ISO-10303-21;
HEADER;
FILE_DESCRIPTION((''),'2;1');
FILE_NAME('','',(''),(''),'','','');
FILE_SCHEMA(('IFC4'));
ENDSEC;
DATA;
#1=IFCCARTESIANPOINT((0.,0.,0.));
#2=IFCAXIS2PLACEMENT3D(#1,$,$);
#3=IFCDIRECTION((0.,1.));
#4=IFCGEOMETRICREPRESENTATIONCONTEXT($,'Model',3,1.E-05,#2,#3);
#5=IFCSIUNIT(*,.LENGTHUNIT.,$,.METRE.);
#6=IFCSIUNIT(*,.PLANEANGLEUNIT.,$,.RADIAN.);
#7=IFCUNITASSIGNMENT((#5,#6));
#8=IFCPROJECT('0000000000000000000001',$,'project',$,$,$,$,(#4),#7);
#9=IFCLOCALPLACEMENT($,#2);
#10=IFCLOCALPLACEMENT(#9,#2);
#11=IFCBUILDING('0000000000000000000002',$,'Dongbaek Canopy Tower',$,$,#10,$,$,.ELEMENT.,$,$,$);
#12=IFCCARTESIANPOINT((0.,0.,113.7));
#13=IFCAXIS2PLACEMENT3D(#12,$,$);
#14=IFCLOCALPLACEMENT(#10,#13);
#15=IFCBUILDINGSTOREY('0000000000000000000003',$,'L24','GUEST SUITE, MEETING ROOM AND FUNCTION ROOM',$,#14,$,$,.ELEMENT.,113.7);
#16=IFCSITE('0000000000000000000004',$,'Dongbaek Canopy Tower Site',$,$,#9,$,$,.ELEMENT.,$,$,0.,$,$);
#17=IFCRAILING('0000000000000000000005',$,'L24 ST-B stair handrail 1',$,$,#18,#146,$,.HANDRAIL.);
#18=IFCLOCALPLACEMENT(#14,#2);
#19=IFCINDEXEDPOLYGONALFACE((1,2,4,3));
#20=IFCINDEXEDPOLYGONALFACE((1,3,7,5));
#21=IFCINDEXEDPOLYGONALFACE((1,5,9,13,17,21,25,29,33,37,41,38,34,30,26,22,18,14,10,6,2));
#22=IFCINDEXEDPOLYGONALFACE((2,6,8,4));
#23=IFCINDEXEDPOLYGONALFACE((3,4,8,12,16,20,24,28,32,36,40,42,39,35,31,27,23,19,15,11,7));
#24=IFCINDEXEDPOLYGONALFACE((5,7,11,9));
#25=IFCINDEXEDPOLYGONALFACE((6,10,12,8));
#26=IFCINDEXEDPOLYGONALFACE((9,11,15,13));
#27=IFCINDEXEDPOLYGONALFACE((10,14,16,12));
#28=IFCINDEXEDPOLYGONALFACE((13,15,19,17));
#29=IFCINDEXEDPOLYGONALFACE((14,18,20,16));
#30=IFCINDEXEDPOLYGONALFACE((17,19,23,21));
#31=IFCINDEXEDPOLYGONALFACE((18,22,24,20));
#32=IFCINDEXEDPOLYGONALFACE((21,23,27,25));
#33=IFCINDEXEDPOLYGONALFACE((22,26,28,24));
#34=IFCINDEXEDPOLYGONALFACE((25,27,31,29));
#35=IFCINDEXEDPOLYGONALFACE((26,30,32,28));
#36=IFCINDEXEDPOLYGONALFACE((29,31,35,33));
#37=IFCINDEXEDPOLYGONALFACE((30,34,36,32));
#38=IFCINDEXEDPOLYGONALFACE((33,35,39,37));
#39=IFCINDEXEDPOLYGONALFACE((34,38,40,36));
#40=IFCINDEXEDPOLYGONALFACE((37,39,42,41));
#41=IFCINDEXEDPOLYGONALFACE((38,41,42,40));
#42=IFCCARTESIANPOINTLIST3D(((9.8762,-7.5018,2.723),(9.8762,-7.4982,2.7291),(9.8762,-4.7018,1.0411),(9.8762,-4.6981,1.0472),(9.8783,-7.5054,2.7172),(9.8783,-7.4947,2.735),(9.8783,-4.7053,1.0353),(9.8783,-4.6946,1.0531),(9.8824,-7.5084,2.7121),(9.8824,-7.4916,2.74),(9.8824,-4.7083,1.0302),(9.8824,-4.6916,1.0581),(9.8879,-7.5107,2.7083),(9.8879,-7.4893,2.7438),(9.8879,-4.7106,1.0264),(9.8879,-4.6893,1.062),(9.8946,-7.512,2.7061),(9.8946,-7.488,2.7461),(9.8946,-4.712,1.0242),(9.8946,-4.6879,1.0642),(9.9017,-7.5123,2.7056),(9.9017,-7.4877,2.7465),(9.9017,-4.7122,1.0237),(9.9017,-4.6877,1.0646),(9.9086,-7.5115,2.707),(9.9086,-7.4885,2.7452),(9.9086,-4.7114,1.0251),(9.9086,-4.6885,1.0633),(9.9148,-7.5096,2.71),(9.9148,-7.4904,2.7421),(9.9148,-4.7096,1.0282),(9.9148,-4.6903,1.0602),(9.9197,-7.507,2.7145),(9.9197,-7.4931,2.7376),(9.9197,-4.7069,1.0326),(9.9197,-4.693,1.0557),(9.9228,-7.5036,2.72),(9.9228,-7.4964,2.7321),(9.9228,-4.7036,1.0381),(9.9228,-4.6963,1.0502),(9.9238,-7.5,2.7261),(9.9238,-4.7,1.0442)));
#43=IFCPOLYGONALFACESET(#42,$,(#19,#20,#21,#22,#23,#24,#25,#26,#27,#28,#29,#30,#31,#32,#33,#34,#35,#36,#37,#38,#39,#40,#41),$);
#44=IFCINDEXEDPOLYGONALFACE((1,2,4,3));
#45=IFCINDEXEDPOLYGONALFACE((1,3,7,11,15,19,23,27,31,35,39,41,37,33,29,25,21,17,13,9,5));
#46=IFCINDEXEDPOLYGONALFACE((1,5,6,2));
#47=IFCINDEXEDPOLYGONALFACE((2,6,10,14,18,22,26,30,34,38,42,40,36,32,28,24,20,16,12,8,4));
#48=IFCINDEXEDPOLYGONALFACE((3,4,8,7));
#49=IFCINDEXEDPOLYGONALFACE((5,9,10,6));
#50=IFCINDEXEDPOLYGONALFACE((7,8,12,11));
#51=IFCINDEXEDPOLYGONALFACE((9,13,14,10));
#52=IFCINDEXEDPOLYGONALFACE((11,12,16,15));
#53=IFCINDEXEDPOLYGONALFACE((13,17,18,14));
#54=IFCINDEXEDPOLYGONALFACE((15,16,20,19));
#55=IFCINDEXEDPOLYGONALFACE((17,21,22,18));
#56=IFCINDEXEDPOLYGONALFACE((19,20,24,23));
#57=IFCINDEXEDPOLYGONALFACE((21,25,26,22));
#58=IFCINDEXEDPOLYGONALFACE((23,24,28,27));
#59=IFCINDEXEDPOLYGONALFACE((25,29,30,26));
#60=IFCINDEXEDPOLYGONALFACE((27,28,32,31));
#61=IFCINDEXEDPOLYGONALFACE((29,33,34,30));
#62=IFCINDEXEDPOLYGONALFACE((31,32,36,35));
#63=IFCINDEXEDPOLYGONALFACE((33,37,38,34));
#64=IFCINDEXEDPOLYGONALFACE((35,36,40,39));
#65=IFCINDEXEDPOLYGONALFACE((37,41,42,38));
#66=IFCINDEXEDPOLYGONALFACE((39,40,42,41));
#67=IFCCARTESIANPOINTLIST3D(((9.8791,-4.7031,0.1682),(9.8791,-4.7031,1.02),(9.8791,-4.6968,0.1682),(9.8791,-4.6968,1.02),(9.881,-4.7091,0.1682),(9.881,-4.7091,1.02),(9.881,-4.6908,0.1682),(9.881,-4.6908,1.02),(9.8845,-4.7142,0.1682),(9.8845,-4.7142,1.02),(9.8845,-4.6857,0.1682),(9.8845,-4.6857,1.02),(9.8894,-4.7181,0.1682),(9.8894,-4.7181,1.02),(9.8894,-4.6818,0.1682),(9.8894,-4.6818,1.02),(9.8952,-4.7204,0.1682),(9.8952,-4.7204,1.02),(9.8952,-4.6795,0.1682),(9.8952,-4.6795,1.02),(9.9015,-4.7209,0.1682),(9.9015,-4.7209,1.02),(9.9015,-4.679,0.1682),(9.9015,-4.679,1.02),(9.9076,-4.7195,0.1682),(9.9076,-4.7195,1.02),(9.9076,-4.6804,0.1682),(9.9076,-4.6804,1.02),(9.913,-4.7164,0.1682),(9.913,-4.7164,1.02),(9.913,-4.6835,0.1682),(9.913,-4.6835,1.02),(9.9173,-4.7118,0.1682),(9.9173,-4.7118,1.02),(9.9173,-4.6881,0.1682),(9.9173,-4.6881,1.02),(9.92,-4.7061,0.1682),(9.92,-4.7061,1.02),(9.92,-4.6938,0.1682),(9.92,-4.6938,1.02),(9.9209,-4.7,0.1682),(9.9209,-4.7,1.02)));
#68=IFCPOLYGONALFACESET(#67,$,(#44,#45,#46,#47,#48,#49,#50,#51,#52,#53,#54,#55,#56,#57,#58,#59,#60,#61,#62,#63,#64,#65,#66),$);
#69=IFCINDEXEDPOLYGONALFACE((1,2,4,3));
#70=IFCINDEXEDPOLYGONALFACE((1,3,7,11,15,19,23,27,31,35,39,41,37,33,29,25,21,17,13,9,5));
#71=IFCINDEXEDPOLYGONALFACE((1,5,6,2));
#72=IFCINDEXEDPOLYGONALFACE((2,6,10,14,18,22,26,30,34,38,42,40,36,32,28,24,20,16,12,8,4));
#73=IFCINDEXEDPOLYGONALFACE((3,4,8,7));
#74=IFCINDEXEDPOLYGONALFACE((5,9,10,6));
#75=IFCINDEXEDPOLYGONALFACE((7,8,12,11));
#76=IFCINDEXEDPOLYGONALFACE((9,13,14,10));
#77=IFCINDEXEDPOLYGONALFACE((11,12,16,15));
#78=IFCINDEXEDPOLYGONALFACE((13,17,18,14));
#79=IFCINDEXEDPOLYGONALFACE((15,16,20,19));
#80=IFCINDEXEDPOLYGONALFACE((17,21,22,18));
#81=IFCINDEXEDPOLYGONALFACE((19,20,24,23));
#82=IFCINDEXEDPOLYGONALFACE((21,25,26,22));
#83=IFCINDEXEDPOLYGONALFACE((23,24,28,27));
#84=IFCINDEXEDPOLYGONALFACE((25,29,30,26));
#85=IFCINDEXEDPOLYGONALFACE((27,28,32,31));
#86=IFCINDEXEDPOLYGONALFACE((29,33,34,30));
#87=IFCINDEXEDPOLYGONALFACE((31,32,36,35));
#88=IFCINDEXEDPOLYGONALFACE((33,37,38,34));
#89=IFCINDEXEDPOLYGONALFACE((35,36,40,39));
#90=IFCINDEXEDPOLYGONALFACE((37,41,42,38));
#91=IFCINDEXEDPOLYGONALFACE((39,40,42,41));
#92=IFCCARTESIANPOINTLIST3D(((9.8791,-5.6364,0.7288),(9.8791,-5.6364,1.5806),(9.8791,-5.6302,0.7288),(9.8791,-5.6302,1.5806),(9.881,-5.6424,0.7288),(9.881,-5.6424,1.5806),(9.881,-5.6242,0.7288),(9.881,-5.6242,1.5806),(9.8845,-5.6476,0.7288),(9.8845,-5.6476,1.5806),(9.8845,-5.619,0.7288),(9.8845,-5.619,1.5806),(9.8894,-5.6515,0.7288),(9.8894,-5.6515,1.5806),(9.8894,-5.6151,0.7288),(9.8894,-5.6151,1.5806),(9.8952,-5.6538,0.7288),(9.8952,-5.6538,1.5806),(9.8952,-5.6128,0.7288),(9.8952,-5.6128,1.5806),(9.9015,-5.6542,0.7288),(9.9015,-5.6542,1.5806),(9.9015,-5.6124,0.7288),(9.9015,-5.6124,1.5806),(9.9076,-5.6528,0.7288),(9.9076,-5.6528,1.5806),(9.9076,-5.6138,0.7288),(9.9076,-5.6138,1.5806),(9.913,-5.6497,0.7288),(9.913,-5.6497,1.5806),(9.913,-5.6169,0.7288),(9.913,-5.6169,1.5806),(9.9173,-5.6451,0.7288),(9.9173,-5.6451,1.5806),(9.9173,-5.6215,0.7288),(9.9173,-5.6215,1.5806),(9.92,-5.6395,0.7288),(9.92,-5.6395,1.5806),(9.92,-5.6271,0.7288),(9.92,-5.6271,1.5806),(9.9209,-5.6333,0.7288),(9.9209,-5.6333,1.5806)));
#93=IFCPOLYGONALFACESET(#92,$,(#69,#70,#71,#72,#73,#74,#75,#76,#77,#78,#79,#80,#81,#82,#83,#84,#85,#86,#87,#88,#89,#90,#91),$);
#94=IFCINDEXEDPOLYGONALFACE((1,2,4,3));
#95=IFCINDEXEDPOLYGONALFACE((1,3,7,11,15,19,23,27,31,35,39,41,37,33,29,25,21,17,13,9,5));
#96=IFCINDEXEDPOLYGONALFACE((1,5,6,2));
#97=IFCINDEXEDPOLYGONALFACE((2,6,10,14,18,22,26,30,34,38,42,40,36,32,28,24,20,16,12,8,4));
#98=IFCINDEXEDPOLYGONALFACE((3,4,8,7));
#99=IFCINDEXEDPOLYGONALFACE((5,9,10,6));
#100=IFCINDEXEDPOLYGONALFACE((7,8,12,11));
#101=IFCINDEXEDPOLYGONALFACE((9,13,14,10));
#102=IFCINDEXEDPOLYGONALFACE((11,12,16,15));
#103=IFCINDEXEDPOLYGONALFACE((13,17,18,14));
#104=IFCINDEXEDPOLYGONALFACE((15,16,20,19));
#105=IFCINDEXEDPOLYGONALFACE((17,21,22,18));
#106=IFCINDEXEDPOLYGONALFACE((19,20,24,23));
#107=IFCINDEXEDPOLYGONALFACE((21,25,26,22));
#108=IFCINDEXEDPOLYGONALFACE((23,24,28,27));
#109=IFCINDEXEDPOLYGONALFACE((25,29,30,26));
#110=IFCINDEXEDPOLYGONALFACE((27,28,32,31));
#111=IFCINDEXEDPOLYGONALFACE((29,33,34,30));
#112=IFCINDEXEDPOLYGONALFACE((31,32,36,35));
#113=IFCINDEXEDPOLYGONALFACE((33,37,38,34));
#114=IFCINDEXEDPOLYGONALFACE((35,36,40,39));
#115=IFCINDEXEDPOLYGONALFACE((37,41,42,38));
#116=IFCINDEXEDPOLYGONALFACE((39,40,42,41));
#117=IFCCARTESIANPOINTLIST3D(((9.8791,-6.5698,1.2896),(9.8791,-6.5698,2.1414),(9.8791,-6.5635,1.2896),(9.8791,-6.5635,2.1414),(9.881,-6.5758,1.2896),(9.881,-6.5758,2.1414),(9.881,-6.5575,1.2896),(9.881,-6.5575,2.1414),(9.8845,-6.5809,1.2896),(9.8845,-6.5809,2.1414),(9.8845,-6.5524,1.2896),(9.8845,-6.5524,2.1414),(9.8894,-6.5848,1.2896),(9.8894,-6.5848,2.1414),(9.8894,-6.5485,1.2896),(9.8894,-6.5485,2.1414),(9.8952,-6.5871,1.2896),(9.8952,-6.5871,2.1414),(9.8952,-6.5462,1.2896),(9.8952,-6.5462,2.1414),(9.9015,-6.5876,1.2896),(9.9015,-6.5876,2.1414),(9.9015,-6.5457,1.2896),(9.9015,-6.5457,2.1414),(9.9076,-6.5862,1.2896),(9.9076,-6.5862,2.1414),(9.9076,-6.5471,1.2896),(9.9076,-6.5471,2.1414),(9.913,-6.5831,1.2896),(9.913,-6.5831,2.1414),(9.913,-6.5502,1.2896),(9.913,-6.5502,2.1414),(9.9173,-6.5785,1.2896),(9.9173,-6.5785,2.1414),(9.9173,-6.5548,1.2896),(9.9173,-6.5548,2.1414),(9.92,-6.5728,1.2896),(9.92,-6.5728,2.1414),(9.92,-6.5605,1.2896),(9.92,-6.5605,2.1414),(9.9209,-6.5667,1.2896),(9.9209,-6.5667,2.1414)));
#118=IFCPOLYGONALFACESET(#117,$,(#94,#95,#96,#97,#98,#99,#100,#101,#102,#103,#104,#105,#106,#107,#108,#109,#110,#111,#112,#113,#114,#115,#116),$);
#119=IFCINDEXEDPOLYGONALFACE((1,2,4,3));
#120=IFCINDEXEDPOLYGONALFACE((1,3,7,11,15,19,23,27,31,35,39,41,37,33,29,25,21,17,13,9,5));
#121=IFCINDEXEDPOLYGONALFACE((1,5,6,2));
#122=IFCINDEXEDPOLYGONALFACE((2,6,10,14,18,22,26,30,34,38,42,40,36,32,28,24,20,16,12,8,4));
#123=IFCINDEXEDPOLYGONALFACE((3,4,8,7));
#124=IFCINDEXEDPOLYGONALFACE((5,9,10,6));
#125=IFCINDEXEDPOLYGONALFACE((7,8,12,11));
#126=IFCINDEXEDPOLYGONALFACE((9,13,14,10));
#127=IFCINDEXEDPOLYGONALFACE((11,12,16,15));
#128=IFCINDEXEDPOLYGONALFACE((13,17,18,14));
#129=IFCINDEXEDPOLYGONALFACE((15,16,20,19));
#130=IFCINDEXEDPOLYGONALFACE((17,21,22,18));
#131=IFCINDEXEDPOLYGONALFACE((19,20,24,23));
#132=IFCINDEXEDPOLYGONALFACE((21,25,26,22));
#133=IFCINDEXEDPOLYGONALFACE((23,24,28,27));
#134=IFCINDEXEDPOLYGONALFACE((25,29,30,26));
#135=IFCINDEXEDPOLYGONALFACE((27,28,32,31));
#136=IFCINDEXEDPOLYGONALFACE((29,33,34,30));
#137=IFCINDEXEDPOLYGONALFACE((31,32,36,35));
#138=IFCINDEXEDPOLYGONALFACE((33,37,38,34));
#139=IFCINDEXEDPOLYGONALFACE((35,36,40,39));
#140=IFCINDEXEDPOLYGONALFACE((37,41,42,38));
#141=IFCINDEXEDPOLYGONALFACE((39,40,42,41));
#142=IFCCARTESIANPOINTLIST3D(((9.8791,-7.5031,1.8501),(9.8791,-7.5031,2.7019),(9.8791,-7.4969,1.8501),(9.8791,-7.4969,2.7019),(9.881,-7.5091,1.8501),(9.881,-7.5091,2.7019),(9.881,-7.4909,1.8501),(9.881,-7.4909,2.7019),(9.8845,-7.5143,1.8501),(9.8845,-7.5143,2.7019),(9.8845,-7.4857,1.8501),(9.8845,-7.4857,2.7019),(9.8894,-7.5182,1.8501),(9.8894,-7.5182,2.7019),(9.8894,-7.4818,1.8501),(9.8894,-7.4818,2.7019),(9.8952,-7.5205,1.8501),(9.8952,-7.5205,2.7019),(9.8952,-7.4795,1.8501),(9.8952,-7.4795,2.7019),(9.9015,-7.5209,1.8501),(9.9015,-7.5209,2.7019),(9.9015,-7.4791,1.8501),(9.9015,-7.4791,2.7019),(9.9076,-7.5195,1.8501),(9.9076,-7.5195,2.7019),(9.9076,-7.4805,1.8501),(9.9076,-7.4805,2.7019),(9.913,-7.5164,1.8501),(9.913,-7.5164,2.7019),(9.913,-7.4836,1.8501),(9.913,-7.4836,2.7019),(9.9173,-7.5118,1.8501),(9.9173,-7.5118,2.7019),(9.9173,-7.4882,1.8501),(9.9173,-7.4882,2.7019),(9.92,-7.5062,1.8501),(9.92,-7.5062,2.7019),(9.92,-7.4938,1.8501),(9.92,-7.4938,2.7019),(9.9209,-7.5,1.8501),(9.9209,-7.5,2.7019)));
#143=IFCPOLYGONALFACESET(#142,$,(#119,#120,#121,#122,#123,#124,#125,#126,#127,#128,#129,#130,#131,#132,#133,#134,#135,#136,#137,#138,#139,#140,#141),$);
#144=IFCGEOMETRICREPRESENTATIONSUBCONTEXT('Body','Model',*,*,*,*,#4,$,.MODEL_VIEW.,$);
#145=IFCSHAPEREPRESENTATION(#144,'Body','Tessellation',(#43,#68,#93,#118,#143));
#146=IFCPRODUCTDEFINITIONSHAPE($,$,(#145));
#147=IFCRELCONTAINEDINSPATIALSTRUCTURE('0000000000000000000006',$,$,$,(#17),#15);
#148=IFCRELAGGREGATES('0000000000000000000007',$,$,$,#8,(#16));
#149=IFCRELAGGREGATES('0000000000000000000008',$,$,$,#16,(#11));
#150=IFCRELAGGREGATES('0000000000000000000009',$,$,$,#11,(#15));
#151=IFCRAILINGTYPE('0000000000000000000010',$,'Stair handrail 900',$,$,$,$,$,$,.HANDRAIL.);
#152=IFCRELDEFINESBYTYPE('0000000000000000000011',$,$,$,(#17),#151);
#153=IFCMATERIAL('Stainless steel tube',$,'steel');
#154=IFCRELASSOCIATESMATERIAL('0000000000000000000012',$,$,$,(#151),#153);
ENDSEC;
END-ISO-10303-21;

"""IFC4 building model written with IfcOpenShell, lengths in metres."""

from ifc_helpers import new_model, si_unit, direction, frame, origin, origin_2d, place, context, subcontext, project, spatial, circle, extrude, material, type_object, element, save


model = new_model("IFC4")

# Units and contexts
model_context = context("Model", 3, precision=1e-05, world=origin(), true_north=direction((0.0, 1.0)))
body_context = subcontext(model_context, "Body", "Model", "MODEL_VIEW")
ifc_project = project(units=[si_unit("LENGTHUNIT", "METRE"), si_unit("PLANEANGLEUNIT", "RADIAN")], contexts=[model_context])

# Site, building, storey
site_placement = place(None, origin())
site = spatial("IfcSite", under=ifc_project, at=site_placement, Name="Dongbaek Canopy Tower Site", CompositionType="ELEMENT", RefElevation=0.0)
building_placement = place(site_placement, origin())
building = spatial("IfcBuilding", under=site, at=building_placement, Name="Dongbaek Canopy Tower", CompositionType="ELEMENT")
storey_placement = place(building_placement, frame((0.0, 0.0, 113.7)))
storey = spatial("IfcBuildingStorey", under=building, at=storey_placement, Name="L24", Description="GUEST SUITE, MEETING ROOM AND FUNCTION ROOM", CompositionType="ELEMENT", Elevation=113.7)

# Railing
ifc_material_1 = material(Name="Stainless steel tube", Category="steel")
railing_type_1 = type_object("IfcRailingType", Name="Stair handrail 900", PredefinedType="HANDRAIL", material=ifc_material_1)
railing_1_placement = place(storey_placement, frame((9.8999, -4.7, 0.1682)))
element("IfcRailing", 1, at=railing_1_placement, inside=storey, type_object=railing_type_1, Name="L24 ST-B stair handrail 1", PredefinedType="HANDRAIL", context=body_context, shape_type="SweptSolid", body=[
    extrude(circle(Radius=0.0239, at=origin_2d()), frame((0.0, 0.0, 0.876), z_axis=(0.0, -0.857242, 0.514913), x_axis=(1.0, 0.0, 0.0)), (0.0, 0.0, 1.0), 3.2664),
    extrude(circle(Radius=0.021, at=origin_2d()), origin(), (0.0, 0.0, 1.0), 0.8518),
    extrude(circle(Radius=0.021, at=origin_2d()), frame((0.0, -0.9333, 0.5605)), (0.0, 0.0, 1.0), 0.8518),
    extrude(circle(Radius=0.021, at=origin_2d()), frame((0.0, -1.8667, 1.1213)), (0.0, 0.0, 1.0), 0.8518),
    extrude(circle(Radius=0.021, at=origin_2d()), frame((0.0, -2.8, 1.6819)), (0.0, 0.0, 1.0), 0.8518),
])

save(model, "model.ifc")
